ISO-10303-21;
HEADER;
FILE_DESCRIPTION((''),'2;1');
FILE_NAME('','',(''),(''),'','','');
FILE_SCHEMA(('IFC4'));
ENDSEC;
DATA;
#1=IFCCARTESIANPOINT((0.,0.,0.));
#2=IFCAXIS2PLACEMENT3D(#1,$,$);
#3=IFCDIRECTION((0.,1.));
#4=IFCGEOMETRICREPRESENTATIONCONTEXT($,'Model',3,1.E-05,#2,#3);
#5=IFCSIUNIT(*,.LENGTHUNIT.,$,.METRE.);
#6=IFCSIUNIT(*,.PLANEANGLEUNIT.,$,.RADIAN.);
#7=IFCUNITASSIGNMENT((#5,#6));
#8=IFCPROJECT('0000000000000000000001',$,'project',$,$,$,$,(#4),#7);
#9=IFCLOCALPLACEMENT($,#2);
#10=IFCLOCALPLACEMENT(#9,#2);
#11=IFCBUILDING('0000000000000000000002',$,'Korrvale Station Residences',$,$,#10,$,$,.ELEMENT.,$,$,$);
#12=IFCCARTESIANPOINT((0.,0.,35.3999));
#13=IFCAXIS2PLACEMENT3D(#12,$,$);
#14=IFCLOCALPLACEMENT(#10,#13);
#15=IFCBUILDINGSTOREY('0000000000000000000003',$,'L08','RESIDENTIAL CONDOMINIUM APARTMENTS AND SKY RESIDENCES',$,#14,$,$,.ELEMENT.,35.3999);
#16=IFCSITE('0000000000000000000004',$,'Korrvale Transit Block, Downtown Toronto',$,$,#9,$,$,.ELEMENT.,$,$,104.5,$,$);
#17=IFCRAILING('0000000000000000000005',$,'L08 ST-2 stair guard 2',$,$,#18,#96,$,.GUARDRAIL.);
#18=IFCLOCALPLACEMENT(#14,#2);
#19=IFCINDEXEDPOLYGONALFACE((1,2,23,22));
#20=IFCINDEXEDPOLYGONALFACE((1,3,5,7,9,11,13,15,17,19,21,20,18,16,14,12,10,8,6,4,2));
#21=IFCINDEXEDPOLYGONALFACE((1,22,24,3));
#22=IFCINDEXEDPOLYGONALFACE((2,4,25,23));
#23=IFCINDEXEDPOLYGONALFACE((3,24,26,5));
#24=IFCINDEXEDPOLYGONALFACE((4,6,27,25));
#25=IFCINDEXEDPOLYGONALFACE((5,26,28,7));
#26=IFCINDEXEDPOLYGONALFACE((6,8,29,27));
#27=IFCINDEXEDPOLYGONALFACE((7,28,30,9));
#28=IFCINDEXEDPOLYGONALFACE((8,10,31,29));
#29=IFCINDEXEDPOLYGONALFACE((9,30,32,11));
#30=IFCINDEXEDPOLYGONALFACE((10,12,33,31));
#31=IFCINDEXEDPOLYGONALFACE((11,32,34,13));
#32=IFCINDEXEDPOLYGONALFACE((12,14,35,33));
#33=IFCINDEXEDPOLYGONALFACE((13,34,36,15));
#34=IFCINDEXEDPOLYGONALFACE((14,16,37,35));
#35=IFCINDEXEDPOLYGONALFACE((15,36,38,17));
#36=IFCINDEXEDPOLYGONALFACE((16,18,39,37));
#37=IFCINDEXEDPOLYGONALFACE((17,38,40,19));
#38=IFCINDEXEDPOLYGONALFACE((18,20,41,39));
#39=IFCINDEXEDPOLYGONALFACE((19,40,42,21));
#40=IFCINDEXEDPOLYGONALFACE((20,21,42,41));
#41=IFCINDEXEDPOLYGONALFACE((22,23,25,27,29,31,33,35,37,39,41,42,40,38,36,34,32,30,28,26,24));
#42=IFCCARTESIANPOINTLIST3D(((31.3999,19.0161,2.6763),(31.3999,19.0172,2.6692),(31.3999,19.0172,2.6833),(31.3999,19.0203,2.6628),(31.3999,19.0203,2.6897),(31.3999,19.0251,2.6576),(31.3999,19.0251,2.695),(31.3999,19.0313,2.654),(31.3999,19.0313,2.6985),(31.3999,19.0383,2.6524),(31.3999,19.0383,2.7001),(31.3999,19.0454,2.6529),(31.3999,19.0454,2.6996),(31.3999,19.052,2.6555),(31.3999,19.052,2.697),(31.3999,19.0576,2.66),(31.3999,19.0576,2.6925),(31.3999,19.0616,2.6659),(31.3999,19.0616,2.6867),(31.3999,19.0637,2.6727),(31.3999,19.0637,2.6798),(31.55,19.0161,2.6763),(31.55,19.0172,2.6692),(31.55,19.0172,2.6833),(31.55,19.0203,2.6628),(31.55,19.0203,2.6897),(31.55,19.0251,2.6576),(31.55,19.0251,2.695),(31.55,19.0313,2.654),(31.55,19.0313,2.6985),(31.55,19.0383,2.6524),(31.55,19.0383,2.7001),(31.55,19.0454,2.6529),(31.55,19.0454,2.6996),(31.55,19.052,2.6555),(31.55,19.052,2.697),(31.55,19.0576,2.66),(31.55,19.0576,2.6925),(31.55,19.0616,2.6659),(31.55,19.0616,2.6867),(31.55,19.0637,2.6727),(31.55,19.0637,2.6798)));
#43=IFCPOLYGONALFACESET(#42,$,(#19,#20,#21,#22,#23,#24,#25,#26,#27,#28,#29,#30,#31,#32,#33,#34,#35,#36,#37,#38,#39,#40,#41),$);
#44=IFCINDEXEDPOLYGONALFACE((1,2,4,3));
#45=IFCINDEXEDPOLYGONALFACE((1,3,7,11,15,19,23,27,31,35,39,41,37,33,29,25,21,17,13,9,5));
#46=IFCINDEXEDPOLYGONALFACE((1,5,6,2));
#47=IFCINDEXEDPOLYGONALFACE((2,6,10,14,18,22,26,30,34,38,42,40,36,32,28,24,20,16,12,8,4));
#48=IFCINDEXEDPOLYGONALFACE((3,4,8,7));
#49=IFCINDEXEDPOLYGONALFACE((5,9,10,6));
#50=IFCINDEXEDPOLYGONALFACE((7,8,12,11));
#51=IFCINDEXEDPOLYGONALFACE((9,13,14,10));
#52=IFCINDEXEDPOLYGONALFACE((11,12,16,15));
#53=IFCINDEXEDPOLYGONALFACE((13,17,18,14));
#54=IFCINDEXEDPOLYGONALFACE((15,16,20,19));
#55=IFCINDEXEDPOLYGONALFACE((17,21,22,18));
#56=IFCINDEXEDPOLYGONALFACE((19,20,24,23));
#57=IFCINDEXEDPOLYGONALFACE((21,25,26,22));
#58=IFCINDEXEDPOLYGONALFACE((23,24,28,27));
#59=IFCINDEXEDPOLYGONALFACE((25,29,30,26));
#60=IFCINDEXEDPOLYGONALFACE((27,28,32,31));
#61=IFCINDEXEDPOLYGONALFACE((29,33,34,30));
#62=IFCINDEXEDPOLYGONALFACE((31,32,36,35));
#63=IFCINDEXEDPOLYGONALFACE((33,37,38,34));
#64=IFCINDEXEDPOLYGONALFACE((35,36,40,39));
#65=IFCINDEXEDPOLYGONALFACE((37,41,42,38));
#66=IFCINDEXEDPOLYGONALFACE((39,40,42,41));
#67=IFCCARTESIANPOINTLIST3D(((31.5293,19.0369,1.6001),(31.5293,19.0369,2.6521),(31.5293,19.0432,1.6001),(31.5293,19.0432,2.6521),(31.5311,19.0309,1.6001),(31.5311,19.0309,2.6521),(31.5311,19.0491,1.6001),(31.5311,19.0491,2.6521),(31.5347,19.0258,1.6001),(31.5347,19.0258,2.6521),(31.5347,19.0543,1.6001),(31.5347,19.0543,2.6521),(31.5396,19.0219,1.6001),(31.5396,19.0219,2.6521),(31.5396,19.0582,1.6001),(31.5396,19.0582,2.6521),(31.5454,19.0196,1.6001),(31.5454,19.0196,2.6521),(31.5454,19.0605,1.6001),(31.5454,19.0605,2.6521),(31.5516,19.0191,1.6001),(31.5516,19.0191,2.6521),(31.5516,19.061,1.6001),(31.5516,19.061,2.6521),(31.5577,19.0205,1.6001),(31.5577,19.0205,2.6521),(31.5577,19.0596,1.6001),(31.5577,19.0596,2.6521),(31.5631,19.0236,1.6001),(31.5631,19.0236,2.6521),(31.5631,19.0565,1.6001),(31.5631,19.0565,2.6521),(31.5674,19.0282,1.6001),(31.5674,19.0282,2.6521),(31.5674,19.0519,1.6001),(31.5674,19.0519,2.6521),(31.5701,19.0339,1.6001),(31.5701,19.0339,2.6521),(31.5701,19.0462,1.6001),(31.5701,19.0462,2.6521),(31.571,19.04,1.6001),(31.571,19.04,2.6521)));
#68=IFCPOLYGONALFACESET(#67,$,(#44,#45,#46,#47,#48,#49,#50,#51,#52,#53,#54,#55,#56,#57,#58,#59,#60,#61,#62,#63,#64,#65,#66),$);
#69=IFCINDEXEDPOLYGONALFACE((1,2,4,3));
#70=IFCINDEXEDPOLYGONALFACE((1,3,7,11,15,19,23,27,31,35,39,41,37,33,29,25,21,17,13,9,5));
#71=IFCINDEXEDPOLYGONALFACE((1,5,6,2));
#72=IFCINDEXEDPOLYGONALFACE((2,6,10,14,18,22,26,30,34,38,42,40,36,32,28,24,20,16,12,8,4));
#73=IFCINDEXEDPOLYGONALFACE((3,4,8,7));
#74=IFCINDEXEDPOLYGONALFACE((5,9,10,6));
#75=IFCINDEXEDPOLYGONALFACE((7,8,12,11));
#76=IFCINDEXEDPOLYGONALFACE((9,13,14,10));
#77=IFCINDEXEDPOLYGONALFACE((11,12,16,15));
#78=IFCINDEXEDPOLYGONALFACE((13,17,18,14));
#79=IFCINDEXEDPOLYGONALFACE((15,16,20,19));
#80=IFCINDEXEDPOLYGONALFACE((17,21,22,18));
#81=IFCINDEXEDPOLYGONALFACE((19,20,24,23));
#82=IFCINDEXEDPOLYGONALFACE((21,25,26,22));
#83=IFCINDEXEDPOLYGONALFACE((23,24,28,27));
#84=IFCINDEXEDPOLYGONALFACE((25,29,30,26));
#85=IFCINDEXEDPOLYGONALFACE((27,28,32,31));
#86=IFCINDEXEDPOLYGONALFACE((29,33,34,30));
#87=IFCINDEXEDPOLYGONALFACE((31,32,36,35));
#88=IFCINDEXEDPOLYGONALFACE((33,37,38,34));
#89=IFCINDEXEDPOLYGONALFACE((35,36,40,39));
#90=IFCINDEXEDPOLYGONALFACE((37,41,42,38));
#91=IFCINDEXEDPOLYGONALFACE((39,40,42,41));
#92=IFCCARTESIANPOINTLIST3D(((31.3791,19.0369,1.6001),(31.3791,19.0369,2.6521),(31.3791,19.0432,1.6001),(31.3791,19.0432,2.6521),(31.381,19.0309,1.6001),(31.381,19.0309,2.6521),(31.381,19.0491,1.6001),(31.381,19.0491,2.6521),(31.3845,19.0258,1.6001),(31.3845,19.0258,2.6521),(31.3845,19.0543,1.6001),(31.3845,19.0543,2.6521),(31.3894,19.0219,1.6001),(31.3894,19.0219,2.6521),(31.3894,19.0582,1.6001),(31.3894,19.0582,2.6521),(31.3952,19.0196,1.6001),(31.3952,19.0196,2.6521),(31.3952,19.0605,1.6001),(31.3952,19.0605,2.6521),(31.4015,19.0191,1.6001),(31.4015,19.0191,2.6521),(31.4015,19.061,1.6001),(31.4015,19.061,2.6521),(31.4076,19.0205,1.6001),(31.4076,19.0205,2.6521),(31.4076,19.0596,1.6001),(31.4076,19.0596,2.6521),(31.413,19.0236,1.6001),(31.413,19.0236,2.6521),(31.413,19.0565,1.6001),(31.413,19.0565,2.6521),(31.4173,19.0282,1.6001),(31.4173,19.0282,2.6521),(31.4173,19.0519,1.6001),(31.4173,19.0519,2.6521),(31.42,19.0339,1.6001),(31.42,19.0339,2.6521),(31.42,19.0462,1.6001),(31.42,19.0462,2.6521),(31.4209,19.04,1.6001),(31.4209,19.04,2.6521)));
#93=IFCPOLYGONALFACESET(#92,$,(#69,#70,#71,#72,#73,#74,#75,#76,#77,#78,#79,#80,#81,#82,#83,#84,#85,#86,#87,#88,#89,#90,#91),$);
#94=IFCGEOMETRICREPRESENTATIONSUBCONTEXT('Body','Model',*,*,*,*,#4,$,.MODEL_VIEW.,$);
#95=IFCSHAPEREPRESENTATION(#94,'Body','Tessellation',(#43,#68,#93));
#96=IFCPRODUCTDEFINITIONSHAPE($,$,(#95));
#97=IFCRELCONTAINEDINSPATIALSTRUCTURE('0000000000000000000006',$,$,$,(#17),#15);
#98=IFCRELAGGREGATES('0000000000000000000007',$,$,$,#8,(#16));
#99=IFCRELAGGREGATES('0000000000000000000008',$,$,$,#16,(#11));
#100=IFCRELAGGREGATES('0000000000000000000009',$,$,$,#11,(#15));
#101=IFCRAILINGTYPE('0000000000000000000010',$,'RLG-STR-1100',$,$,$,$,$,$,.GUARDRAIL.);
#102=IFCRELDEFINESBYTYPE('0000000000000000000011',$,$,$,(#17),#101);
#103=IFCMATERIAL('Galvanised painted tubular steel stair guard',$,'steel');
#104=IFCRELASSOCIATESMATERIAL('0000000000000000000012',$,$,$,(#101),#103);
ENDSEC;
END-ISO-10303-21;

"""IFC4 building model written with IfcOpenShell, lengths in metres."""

from ifc_helpers import new_model, si_unit, direction, frame, origin, origin_2d, place, context, subcontext, project, spatial, circle, extrude, material, type_object, element, save


model = new_model("IFC4")

# Units and contexts
model_context = context("Model", 3, precision=1e-05, world=origin(), true_north=direction((0.0, 1.0)))
body_context = subcontext(model_context, "Body", "Model", "MODEL_VIEW")
ifc_project = project(units=[si_unit("LENGTHUNIT", "METRE"), si_unit("PLANEANGLEUNIT", "RADIAN")], contexts=[model_context])

# Site, building, storey
site_placement = place(None, origin())
site = spatial("IfcSite", under=ifc_project, at=site_placement, Name="Korrvale Transit Block, Downtown Toronto", CompositionType="ELEMENT", RefElevation=104.5)
building_placement = place(site_placement, origin())
building = spatial("IfcBuilding", under=site, at=building_placement, Name="Korrvale Station Residences", CompositionType="ELEMENT")
storey_placement = place(building_placement, frame((0.0, 0.0, 35.3999)))
storey = spatial("IfcBuildingStorey", under=building, at=storey_placement, Name="L08", Description="RESIDENTIAL CONDOMINIUM APARTMENTS AND SKY RESIDENCES", CompositionType="ELEMENT", Elevation=35.3999)

# Railing
ifc_material_1 = material(Name="Galvanised painted tubular steel stair guard", Category="steel")
railing_type_1 = type_object("IfcRailingType", Name="RLG-STR-1100", PredefinedType="GUARDRAIL", material=ifc_material_1)
railing_1_placement = place(storey_placement, frame((31.55, 19.04, 1.6001)))
element("IfcRailing", 1, at=railing_1_placement, inside=storey, type_object=railing_type_1, Name="L08 ST-2 stair guard 2", PredefinedType="GUARDRAIL", context=body_context, shape_type="SweptSolid", body=[
    extrude(circle(Radius=0.0239, at=origin_2d()), frame((0.0, 0.0, 1.0762), z_axis=(-1.0, 0.0, 0.0), x_axis=(0.0, -1.0, 0.0)), (0.0, 0.0, 1.0), 0.1501),
    extrude(circle(Radius=0.021, at=origin_2d()), origin(), (0.0, 0.0, 1.0), 1.052),
    extrude(circle(Radius=0.021, at=origin_2d()), frame((-0.1501, 0.0, 0.0)), (0.0, 0.0, 1.0), 1.052),
])

save(model, "model.ifc")
